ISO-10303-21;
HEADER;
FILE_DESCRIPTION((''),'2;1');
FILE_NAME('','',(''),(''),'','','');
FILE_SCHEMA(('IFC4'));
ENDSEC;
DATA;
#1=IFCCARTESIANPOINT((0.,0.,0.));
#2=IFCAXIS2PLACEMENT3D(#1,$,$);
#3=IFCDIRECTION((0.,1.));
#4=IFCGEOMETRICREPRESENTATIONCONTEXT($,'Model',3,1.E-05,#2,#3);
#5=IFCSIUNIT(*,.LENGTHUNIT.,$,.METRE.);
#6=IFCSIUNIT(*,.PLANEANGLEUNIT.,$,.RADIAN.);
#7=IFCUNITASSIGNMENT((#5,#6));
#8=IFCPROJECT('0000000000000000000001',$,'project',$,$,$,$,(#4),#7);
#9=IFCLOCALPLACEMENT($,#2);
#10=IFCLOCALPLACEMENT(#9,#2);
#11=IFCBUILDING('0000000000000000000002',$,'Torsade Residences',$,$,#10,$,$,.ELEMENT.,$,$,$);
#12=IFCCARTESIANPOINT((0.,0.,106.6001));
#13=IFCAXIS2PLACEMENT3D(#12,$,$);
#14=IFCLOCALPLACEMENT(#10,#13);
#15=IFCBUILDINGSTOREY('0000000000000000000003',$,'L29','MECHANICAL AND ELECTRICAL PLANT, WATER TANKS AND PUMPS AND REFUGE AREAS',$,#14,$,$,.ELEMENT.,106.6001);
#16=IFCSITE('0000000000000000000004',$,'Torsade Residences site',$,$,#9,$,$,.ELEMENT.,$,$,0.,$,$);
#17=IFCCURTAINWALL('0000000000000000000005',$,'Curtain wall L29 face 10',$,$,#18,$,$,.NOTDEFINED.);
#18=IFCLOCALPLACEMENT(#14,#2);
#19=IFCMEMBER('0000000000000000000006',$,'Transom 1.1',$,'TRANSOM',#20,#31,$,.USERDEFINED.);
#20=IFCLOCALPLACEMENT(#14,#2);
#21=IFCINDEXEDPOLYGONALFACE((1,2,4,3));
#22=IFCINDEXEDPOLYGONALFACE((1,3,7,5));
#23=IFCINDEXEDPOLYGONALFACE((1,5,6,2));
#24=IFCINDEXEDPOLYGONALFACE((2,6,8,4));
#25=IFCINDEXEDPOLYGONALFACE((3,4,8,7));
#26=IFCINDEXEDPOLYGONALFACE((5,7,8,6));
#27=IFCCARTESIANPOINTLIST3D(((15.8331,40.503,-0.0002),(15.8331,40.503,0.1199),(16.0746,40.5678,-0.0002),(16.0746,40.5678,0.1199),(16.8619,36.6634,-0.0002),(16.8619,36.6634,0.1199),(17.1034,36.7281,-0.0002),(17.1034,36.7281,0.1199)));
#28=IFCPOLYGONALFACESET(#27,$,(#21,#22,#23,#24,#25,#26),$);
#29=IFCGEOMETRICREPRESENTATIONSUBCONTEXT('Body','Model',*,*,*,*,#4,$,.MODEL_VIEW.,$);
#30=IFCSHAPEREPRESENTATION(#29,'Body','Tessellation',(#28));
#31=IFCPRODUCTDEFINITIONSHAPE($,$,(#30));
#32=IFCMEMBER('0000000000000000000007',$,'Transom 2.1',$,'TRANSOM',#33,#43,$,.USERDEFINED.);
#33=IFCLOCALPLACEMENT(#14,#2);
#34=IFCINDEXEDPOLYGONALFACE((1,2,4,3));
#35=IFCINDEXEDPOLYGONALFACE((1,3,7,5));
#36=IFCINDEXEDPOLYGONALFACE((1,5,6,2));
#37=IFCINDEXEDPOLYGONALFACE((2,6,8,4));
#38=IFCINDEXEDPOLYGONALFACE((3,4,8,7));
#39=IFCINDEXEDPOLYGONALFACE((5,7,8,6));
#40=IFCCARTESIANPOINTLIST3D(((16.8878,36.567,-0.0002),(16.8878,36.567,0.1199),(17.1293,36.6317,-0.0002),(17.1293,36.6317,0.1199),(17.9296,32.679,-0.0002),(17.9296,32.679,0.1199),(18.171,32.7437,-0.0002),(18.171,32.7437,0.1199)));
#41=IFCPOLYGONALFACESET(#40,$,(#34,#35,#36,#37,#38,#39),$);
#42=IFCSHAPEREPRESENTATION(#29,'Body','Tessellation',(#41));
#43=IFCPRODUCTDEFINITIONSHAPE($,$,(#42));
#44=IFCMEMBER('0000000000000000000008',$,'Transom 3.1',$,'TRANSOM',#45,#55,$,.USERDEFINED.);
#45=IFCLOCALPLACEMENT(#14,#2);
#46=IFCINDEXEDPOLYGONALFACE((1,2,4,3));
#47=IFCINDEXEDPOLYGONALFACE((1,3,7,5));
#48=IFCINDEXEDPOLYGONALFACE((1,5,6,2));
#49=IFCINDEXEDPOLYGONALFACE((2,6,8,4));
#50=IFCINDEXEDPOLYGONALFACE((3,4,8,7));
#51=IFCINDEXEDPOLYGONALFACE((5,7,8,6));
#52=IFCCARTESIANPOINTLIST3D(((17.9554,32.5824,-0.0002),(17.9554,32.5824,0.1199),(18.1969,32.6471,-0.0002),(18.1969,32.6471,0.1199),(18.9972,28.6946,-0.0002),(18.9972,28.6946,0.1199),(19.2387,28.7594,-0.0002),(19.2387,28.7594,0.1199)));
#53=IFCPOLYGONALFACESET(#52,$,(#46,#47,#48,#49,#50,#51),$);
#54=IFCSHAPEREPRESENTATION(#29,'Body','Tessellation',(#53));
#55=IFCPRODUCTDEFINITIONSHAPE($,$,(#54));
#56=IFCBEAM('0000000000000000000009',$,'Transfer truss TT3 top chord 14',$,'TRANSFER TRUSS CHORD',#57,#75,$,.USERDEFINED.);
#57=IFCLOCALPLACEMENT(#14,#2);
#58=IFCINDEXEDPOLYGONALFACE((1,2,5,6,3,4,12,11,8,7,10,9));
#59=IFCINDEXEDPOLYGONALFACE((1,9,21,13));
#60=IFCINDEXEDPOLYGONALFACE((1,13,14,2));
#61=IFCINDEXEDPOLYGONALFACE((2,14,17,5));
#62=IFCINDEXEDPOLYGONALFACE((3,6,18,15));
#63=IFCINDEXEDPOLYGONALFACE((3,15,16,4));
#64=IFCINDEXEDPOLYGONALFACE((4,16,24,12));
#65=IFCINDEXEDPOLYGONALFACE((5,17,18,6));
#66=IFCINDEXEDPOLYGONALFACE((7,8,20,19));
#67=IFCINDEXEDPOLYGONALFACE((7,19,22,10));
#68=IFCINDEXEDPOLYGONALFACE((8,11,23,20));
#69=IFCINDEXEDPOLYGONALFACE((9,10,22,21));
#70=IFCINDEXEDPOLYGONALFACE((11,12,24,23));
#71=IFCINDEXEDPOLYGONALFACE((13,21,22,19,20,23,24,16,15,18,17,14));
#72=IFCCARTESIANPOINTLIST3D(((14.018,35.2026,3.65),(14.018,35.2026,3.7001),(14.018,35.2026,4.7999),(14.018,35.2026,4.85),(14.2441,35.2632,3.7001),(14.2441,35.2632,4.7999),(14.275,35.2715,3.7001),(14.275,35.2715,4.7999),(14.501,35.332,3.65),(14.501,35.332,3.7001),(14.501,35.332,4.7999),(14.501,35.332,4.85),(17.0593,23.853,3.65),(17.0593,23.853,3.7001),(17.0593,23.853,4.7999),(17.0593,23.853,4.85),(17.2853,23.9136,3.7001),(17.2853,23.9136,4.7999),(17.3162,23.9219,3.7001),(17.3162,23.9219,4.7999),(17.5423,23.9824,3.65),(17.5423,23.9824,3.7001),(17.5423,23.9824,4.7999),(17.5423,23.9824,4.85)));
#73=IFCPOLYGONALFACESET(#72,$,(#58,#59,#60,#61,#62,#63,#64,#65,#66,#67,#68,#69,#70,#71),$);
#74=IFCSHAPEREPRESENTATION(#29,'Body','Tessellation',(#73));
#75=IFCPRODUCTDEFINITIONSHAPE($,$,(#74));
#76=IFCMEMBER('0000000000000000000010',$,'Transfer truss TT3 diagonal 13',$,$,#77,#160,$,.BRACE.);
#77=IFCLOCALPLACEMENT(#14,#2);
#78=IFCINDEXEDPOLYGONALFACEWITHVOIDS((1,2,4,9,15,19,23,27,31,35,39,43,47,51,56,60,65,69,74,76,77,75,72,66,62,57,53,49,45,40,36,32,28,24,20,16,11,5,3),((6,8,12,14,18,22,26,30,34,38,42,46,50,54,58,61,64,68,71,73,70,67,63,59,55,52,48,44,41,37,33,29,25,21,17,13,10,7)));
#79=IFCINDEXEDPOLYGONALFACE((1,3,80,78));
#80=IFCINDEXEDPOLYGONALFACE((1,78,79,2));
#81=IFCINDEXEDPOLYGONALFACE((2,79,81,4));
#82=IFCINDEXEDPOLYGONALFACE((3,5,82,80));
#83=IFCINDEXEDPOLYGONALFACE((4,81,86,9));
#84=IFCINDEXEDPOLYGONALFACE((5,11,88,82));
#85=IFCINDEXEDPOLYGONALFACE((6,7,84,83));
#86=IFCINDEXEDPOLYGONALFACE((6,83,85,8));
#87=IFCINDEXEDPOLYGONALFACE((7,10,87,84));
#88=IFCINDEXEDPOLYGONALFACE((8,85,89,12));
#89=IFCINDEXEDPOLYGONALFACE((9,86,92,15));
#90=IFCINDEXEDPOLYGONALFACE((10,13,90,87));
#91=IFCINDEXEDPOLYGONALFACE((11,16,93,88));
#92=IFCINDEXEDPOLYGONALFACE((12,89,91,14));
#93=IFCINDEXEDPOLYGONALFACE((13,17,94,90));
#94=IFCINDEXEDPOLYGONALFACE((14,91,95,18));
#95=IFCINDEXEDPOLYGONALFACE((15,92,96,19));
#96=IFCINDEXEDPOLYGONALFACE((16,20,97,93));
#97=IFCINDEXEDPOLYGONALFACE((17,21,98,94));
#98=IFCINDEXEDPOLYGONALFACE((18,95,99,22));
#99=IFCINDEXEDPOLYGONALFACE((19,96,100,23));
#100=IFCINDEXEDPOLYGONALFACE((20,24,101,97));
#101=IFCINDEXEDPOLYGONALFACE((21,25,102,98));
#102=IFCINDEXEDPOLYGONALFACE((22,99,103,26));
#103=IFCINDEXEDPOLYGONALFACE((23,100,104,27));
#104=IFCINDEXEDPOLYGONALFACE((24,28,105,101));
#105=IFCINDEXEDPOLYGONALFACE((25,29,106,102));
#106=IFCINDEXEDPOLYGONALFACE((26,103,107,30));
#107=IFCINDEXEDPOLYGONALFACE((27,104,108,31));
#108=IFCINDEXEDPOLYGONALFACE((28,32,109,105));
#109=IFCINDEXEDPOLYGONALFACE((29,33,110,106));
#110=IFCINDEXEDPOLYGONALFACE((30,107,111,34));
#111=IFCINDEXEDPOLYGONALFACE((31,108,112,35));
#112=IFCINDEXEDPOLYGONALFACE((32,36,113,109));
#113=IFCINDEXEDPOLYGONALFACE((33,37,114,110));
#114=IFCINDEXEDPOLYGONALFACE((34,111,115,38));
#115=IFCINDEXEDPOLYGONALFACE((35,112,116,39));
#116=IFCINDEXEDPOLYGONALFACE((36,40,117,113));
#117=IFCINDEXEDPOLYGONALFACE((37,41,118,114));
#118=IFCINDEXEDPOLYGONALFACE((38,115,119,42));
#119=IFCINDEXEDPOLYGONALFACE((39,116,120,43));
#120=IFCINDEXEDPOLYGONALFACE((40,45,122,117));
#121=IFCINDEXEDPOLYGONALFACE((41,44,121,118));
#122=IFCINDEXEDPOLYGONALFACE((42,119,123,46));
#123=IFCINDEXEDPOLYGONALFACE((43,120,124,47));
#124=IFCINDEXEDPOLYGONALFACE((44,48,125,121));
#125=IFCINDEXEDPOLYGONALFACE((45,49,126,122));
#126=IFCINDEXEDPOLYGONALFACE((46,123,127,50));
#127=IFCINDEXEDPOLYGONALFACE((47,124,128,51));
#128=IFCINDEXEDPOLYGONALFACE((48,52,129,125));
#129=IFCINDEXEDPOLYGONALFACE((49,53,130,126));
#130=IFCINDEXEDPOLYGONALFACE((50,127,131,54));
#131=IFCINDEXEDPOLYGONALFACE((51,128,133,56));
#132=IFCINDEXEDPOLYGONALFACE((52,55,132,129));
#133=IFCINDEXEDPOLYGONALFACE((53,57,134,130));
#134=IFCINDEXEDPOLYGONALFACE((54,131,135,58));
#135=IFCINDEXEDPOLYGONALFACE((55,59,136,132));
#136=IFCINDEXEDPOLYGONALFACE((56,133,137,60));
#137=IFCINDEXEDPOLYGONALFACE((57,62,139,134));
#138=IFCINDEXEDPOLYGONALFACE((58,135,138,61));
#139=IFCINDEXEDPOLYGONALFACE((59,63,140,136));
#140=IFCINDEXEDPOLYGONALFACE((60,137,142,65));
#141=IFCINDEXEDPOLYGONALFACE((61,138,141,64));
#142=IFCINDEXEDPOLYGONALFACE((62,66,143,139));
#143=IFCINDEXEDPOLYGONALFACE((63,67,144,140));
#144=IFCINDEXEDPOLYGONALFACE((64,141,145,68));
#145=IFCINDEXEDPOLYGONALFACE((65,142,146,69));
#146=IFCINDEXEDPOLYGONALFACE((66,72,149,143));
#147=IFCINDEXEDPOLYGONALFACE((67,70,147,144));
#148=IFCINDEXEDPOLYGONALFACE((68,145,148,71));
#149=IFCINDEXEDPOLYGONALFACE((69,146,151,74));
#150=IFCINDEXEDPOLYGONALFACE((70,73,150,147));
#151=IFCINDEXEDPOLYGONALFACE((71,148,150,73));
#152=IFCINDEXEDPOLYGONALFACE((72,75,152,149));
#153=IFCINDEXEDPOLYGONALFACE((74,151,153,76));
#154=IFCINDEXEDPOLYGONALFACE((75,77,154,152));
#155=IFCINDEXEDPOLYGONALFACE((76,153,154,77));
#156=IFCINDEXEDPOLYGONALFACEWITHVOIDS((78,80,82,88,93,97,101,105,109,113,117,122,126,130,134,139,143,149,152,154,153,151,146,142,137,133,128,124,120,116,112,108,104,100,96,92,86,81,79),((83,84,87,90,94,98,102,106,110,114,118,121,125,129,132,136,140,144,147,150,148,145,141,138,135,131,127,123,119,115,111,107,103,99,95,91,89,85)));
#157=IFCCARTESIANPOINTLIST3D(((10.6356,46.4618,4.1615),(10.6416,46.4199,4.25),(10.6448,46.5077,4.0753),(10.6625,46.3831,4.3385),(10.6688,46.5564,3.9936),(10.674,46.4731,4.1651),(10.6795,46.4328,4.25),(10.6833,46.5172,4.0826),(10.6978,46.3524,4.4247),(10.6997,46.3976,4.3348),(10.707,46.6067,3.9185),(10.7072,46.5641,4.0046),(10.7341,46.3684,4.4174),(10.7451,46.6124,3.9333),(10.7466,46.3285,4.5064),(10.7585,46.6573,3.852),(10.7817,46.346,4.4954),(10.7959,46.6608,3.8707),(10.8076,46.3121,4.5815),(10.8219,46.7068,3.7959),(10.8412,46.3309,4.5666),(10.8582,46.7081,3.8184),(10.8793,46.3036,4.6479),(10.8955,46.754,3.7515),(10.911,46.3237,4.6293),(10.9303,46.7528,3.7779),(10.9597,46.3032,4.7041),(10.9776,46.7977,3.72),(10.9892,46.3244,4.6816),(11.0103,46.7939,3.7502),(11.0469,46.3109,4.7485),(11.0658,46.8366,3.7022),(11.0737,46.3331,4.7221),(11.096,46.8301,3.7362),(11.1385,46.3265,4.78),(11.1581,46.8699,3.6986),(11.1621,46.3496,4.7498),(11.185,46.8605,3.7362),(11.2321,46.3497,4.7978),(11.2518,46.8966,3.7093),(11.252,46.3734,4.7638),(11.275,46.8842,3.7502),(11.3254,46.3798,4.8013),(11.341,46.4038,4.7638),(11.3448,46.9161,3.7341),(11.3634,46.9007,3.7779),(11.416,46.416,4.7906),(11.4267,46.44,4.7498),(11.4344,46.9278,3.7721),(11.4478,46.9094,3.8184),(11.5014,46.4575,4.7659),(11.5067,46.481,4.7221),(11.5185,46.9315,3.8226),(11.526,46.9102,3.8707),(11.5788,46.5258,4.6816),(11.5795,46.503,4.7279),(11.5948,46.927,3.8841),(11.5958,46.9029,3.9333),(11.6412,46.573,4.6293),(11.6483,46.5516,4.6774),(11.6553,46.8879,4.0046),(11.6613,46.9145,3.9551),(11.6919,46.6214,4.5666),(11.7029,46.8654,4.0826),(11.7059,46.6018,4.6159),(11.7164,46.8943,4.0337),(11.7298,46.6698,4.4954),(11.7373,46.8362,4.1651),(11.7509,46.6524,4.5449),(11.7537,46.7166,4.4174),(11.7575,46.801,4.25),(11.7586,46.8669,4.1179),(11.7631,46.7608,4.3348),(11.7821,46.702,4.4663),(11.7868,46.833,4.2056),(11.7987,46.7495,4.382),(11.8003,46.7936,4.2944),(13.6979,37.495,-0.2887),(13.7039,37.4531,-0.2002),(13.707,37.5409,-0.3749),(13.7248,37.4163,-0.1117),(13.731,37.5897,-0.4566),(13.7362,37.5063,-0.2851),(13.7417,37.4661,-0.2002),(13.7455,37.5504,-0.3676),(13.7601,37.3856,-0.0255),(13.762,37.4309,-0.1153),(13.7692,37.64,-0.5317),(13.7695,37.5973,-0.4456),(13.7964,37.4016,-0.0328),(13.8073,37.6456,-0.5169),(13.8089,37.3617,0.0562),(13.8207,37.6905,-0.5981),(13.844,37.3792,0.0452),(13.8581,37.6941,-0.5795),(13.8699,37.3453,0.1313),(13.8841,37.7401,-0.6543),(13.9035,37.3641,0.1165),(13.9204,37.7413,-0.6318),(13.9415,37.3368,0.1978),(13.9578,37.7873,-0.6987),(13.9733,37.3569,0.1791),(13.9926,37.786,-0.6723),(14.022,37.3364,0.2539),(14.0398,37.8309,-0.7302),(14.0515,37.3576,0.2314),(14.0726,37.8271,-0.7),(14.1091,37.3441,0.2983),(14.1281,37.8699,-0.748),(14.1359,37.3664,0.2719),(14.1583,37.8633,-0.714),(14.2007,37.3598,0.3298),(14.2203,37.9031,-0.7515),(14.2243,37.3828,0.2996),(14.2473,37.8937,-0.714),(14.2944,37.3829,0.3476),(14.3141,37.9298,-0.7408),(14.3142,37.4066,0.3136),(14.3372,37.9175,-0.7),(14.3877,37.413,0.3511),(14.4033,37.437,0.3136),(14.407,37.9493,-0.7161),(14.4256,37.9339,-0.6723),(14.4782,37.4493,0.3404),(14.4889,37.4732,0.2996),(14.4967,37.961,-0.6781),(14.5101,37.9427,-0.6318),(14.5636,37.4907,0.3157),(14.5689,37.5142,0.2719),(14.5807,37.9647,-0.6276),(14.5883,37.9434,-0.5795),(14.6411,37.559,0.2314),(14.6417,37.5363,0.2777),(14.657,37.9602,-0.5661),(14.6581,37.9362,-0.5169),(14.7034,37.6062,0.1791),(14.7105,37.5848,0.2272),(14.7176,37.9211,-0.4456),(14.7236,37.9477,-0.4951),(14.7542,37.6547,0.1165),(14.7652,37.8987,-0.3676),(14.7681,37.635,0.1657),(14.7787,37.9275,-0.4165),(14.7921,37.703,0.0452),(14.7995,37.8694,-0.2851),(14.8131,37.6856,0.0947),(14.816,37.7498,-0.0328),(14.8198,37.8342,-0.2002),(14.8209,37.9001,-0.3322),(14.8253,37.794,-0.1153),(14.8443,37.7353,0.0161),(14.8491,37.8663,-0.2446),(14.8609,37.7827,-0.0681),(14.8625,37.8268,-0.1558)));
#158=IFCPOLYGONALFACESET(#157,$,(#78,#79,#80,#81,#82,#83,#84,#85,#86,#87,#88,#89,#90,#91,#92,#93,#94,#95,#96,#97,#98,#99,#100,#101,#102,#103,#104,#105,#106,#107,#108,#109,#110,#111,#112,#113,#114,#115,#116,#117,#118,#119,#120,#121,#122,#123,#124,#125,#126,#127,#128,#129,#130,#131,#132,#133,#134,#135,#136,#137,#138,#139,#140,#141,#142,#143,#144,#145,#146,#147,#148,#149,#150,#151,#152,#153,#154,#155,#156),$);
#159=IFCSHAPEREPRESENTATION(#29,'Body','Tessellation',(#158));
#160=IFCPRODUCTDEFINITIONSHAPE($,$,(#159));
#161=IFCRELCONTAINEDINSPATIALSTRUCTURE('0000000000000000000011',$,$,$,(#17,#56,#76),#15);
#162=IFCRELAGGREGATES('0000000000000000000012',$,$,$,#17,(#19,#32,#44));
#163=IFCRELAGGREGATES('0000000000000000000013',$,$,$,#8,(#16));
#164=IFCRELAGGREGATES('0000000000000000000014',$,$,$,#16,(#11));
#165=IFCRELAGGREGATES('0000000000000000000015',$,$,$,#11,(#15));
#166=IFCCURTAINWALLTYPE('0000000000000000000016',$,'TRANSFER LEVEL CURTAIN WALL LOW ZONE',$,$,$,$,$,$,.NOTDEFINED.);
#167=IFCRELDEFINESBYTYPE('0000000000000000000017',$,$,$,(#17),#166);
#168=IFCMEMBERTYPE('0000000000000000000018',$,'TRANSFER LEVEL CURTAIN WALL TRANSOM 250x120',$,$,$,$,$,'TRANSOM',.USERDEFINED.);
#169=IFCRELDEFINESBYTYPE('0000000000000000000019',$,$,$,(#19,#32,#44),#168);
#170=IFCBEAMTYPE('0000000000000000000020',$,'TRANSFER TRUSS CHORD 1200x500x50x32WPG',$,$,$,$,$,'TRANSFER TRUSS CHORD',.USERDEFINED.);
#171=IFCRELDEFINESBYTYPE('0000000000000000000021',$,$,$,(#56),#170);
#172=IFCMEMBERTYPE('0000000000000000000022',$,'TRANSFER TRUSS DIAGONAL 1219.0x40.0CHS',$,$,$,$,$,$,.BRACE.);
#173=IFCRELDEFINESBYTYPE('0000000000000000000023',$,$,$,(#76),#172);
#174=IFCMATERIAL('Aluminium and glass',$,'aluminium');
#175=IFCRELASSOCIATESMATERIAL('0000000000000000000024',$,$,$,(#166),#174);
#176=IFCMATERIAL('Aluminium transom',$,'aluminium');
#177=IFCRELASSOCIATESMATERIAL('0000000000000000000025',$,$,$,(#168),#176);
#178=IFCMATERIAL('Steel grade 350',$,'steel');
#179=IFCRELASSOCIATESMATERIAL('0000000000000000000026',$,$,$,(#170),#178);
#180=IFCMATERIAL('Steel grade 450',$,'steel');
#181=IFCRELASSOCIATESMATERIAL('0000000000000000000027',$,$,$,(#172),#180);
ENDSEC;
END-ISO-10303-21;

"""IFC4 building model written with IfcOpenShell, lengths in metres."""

from ifc_helpers import new_model, si_unit, direction, frame, origin, origin_2d, place, context, subcontext, project, spatial, rectangle, hollow_circle, i_section, extrude, material, material_profile, profile_set, type_object, element, aggregate, save


model = new_model("IFC4")

# Units and contexts
model_context = context("Model", 3, precision=1e-05, world=origin(), true_north=direction((0.0, 1.0)))
body_context = subcontext(model_context, "Body", "Model", "MODEL_VIEW")
ifc_project = project(units=[si_unit("LENGTHUNIT", "METRE"), si_unit("PLANEANGLEUNIT", "RADIAN")], contexts=[model_context])

# Site, building, storey
site_placement = place(None, origin())
site = spatial("IfcSite", under=ifc_project, at=site_placement, Name="Torsade Residences site", CompositionType="ELEMENT", RefElevation=0.0)
building_placement = place(site_placement, origin())
building = spatial("IfcBuilding", under=site, at=building_placement, Name="Torsade Residences", CompositionType="ELEMENT")
storey_placement = place(building_placement, frame((0.0, 0.0, 106.6001)))
storey = spatial("IfcBuildingStorey", under=building, at=storey_placement, Name="L29", Description="MECHANICAL AND ELECTRICAL PLANT, WATER TANKS AND PUMPS AND REFUGE AREAS", CompositionType="ELEMENT", Elevation=106.6001)

# Curtain wall, members
ifc_material_1 = material(Name="Aluminium and glass", Category="aluminium")
curtain_wall_type = type_object("IfcCurtainWallType", Name="TRANSFER LEVEL CURTAIN WALL LOW ZONE", PredefinedType="NOTDEFINED", material=ifc_material_1)
curtain_wall_placement = place(storey_placement, origin())
curtain_wall = element("IfcCurtainWall", 1, at=curtain_wall_placement, inside=storey, type_object=curtain_wall_type, Name="Curtain wall L29 face 10", PredefinedType="NOTDEFINED")
ifc_material_2 = material(Name="Aluminium transom", Category="aluminium")
ifc_material_profile_1 = material_profile(ifc_material_2, rectangle(XDim=0.25, YDim=0.1201, at=origin_2d()), Name="TRANSFER LEVEL CURTAIN WALL TRANSOM 250x120")
ifc_profile_set_1 = profile_set([ifc_material_profile_1], Name="Aluminium transom")
member_type_1 = type_object("IfcMemberType", Name="TRANSFER LEVEL CURTAIN WALL TRANSOM 250x120", ElementType="TRANSOM", PredefinedType="USERDEFINED", material=ifc_profile_set_1)
member_1_placement = place(storey_placement, frame((15.9539, 40.5354, 0.0598), z_axis=(0.258817, -0.965926, 0.0), x_axis=(0.965926, 0.258817, 0.0)))
member_1 = element("IfcMember", 2, at=member_1_placement, type_object=member_type_1, Name="Transom 1.1", ObjectType="TRANSOM", PredefinedType="USERDEFINED", context=body_context, shape_type="SweptSolid", body=[
    extrude(rectangle(XDim=0.25, YDim=0.1201, at=origin_2d()), origin(), (0.0, 0.0, 1.0), 3.9751),
])
member_2_placement = place(storey_placement, frame((17.0085, 36.5994, 0.0598), z_axis=(0.258814, -0.965927, 0.0), x_axis=(0.965927, 0.258814, 0.0)))
member_2 = element("IfcMember", 3, at=member_2_placement, type_object=member_type_1, Name="Transom 2.1", ObjectType="TRANSOM", PredefinedType="USERDEFINED", context=body_context, shape_type="SweptSolid", body=[
    extrude(rectangle(XDim=0.25, YDim=0.1201, at=origin_2d()), origin(), (0.0, 0.0, 1.0), 4.0251),
])
member_3_placement = place(storey_placement, frame((18.0762, 32.6147, 0.0598), z_axis=(0.258829, -0.965923, 0.0), x_axis=(0.965923, 0.258829, 0.0)))
member_3 = element("IfcMember", 4, at=member_3_placement, type_object=member_type_1, Name="Transom 3.1", ObjectType="TRANSOM", PredefinedType="USERDEFINED", context=body_context, shape_type="SweptSolid", body=[
    extrude(rectangle(XDim=0.25, YDim=0.1201, at=origin_2d()), origin(), (0.0, 0.0, 1.0), 4.0249),
])

# Beam
ifc_material_3 = material(Name="Steel grade 350", Category="steel")
ifc_material_profile_2 = material_profile(ifc_material_3, i_section(OverallWidth=0.5, OverallDepth=1.2, WebThickness=0.032, FlangeThickness=0.05, at=origin_2d()), Name="1200x500x50x32WPG")
ifc_profile_set_2 = profile_set([ifc_material_profile_2], Name="Steel grade 350")
beam_type_1 = type_object("IfcBeamType", Name="TRANSFER TRUSS CHORD 1200x500x50x32WPG", ElementType="TRANSFER TRUSS CHORD", PredefinedType="USERDEFINED", material=ifc_profile_set_2)
beam_1_placement = place(storey_placement, frame((14.2595, 35.2673, 4.25), z_axis=(0.25883, -0.965923, 0.0), x_axis=(0.965923, 0.25883, 0.0)))
element("IfcBeam", 5, at=beam_1_placement, inside=storey, type_object=beam_type_1, Name="Transfer truss TT3 top chord 14", ObjectType="TRANSFER TRUSS CHORD", PredefinedType="USERDEFINED", context=body_context, shape_type="SweptSolid", body=[
    extrude(i_section(OverallWidth=0.5, OverallDepth=1.2, WebThickness=0.032, FlangeThickness=0.05, at=origin_2d()), origin(), (0.0, 0.0, 1.0), 11.75),
])

# Member
ifc_material_4 = material(Name="Steel grade 450", Category="steel")
ifc_material_profile_3 = material_profile(ifc_material_4, hollow_circle(Radius=0.6096, WallThickness=0.04, at=origin_2d()), Name="1219.0x40.0CHS")
ifc_profile_set_3 = profile_set([ifc_material_profile_3], Name="Steel grade 450")
member_type_2 = type_object("IfcMemberType", Name="TRANSFER TRUSS DIAGONAL 1219.0x40.0CHS", PredefinedType="BRACE", material=ifc_profile_set_3)
member_4_placement = place(storey_placement, frame((14.2808, 37.6501, -0.2002), z_axis=(-0.292527, 0.856567, 0.425112), x_axis=(-0.946336, -0.323184, 0.0)))
element("IfcMember", 6, at=member_4_placement, inside=storey, type_object=member_type_2, Name="Transfer truss TT3 diagonal 13", PredefinedType="BRACE", context=body_context, shape_type="SweptSolid", body=[
    extrude(hollow_circle(Radius=0.6096, WallThickness=0.04, at=origin_2d()), origin(), (0.0, 0.0, 1.0), 10.4683),
])

aggregate(curtain_wall, [member_1, member_2, member_3])

save(model, "model.ifc")
